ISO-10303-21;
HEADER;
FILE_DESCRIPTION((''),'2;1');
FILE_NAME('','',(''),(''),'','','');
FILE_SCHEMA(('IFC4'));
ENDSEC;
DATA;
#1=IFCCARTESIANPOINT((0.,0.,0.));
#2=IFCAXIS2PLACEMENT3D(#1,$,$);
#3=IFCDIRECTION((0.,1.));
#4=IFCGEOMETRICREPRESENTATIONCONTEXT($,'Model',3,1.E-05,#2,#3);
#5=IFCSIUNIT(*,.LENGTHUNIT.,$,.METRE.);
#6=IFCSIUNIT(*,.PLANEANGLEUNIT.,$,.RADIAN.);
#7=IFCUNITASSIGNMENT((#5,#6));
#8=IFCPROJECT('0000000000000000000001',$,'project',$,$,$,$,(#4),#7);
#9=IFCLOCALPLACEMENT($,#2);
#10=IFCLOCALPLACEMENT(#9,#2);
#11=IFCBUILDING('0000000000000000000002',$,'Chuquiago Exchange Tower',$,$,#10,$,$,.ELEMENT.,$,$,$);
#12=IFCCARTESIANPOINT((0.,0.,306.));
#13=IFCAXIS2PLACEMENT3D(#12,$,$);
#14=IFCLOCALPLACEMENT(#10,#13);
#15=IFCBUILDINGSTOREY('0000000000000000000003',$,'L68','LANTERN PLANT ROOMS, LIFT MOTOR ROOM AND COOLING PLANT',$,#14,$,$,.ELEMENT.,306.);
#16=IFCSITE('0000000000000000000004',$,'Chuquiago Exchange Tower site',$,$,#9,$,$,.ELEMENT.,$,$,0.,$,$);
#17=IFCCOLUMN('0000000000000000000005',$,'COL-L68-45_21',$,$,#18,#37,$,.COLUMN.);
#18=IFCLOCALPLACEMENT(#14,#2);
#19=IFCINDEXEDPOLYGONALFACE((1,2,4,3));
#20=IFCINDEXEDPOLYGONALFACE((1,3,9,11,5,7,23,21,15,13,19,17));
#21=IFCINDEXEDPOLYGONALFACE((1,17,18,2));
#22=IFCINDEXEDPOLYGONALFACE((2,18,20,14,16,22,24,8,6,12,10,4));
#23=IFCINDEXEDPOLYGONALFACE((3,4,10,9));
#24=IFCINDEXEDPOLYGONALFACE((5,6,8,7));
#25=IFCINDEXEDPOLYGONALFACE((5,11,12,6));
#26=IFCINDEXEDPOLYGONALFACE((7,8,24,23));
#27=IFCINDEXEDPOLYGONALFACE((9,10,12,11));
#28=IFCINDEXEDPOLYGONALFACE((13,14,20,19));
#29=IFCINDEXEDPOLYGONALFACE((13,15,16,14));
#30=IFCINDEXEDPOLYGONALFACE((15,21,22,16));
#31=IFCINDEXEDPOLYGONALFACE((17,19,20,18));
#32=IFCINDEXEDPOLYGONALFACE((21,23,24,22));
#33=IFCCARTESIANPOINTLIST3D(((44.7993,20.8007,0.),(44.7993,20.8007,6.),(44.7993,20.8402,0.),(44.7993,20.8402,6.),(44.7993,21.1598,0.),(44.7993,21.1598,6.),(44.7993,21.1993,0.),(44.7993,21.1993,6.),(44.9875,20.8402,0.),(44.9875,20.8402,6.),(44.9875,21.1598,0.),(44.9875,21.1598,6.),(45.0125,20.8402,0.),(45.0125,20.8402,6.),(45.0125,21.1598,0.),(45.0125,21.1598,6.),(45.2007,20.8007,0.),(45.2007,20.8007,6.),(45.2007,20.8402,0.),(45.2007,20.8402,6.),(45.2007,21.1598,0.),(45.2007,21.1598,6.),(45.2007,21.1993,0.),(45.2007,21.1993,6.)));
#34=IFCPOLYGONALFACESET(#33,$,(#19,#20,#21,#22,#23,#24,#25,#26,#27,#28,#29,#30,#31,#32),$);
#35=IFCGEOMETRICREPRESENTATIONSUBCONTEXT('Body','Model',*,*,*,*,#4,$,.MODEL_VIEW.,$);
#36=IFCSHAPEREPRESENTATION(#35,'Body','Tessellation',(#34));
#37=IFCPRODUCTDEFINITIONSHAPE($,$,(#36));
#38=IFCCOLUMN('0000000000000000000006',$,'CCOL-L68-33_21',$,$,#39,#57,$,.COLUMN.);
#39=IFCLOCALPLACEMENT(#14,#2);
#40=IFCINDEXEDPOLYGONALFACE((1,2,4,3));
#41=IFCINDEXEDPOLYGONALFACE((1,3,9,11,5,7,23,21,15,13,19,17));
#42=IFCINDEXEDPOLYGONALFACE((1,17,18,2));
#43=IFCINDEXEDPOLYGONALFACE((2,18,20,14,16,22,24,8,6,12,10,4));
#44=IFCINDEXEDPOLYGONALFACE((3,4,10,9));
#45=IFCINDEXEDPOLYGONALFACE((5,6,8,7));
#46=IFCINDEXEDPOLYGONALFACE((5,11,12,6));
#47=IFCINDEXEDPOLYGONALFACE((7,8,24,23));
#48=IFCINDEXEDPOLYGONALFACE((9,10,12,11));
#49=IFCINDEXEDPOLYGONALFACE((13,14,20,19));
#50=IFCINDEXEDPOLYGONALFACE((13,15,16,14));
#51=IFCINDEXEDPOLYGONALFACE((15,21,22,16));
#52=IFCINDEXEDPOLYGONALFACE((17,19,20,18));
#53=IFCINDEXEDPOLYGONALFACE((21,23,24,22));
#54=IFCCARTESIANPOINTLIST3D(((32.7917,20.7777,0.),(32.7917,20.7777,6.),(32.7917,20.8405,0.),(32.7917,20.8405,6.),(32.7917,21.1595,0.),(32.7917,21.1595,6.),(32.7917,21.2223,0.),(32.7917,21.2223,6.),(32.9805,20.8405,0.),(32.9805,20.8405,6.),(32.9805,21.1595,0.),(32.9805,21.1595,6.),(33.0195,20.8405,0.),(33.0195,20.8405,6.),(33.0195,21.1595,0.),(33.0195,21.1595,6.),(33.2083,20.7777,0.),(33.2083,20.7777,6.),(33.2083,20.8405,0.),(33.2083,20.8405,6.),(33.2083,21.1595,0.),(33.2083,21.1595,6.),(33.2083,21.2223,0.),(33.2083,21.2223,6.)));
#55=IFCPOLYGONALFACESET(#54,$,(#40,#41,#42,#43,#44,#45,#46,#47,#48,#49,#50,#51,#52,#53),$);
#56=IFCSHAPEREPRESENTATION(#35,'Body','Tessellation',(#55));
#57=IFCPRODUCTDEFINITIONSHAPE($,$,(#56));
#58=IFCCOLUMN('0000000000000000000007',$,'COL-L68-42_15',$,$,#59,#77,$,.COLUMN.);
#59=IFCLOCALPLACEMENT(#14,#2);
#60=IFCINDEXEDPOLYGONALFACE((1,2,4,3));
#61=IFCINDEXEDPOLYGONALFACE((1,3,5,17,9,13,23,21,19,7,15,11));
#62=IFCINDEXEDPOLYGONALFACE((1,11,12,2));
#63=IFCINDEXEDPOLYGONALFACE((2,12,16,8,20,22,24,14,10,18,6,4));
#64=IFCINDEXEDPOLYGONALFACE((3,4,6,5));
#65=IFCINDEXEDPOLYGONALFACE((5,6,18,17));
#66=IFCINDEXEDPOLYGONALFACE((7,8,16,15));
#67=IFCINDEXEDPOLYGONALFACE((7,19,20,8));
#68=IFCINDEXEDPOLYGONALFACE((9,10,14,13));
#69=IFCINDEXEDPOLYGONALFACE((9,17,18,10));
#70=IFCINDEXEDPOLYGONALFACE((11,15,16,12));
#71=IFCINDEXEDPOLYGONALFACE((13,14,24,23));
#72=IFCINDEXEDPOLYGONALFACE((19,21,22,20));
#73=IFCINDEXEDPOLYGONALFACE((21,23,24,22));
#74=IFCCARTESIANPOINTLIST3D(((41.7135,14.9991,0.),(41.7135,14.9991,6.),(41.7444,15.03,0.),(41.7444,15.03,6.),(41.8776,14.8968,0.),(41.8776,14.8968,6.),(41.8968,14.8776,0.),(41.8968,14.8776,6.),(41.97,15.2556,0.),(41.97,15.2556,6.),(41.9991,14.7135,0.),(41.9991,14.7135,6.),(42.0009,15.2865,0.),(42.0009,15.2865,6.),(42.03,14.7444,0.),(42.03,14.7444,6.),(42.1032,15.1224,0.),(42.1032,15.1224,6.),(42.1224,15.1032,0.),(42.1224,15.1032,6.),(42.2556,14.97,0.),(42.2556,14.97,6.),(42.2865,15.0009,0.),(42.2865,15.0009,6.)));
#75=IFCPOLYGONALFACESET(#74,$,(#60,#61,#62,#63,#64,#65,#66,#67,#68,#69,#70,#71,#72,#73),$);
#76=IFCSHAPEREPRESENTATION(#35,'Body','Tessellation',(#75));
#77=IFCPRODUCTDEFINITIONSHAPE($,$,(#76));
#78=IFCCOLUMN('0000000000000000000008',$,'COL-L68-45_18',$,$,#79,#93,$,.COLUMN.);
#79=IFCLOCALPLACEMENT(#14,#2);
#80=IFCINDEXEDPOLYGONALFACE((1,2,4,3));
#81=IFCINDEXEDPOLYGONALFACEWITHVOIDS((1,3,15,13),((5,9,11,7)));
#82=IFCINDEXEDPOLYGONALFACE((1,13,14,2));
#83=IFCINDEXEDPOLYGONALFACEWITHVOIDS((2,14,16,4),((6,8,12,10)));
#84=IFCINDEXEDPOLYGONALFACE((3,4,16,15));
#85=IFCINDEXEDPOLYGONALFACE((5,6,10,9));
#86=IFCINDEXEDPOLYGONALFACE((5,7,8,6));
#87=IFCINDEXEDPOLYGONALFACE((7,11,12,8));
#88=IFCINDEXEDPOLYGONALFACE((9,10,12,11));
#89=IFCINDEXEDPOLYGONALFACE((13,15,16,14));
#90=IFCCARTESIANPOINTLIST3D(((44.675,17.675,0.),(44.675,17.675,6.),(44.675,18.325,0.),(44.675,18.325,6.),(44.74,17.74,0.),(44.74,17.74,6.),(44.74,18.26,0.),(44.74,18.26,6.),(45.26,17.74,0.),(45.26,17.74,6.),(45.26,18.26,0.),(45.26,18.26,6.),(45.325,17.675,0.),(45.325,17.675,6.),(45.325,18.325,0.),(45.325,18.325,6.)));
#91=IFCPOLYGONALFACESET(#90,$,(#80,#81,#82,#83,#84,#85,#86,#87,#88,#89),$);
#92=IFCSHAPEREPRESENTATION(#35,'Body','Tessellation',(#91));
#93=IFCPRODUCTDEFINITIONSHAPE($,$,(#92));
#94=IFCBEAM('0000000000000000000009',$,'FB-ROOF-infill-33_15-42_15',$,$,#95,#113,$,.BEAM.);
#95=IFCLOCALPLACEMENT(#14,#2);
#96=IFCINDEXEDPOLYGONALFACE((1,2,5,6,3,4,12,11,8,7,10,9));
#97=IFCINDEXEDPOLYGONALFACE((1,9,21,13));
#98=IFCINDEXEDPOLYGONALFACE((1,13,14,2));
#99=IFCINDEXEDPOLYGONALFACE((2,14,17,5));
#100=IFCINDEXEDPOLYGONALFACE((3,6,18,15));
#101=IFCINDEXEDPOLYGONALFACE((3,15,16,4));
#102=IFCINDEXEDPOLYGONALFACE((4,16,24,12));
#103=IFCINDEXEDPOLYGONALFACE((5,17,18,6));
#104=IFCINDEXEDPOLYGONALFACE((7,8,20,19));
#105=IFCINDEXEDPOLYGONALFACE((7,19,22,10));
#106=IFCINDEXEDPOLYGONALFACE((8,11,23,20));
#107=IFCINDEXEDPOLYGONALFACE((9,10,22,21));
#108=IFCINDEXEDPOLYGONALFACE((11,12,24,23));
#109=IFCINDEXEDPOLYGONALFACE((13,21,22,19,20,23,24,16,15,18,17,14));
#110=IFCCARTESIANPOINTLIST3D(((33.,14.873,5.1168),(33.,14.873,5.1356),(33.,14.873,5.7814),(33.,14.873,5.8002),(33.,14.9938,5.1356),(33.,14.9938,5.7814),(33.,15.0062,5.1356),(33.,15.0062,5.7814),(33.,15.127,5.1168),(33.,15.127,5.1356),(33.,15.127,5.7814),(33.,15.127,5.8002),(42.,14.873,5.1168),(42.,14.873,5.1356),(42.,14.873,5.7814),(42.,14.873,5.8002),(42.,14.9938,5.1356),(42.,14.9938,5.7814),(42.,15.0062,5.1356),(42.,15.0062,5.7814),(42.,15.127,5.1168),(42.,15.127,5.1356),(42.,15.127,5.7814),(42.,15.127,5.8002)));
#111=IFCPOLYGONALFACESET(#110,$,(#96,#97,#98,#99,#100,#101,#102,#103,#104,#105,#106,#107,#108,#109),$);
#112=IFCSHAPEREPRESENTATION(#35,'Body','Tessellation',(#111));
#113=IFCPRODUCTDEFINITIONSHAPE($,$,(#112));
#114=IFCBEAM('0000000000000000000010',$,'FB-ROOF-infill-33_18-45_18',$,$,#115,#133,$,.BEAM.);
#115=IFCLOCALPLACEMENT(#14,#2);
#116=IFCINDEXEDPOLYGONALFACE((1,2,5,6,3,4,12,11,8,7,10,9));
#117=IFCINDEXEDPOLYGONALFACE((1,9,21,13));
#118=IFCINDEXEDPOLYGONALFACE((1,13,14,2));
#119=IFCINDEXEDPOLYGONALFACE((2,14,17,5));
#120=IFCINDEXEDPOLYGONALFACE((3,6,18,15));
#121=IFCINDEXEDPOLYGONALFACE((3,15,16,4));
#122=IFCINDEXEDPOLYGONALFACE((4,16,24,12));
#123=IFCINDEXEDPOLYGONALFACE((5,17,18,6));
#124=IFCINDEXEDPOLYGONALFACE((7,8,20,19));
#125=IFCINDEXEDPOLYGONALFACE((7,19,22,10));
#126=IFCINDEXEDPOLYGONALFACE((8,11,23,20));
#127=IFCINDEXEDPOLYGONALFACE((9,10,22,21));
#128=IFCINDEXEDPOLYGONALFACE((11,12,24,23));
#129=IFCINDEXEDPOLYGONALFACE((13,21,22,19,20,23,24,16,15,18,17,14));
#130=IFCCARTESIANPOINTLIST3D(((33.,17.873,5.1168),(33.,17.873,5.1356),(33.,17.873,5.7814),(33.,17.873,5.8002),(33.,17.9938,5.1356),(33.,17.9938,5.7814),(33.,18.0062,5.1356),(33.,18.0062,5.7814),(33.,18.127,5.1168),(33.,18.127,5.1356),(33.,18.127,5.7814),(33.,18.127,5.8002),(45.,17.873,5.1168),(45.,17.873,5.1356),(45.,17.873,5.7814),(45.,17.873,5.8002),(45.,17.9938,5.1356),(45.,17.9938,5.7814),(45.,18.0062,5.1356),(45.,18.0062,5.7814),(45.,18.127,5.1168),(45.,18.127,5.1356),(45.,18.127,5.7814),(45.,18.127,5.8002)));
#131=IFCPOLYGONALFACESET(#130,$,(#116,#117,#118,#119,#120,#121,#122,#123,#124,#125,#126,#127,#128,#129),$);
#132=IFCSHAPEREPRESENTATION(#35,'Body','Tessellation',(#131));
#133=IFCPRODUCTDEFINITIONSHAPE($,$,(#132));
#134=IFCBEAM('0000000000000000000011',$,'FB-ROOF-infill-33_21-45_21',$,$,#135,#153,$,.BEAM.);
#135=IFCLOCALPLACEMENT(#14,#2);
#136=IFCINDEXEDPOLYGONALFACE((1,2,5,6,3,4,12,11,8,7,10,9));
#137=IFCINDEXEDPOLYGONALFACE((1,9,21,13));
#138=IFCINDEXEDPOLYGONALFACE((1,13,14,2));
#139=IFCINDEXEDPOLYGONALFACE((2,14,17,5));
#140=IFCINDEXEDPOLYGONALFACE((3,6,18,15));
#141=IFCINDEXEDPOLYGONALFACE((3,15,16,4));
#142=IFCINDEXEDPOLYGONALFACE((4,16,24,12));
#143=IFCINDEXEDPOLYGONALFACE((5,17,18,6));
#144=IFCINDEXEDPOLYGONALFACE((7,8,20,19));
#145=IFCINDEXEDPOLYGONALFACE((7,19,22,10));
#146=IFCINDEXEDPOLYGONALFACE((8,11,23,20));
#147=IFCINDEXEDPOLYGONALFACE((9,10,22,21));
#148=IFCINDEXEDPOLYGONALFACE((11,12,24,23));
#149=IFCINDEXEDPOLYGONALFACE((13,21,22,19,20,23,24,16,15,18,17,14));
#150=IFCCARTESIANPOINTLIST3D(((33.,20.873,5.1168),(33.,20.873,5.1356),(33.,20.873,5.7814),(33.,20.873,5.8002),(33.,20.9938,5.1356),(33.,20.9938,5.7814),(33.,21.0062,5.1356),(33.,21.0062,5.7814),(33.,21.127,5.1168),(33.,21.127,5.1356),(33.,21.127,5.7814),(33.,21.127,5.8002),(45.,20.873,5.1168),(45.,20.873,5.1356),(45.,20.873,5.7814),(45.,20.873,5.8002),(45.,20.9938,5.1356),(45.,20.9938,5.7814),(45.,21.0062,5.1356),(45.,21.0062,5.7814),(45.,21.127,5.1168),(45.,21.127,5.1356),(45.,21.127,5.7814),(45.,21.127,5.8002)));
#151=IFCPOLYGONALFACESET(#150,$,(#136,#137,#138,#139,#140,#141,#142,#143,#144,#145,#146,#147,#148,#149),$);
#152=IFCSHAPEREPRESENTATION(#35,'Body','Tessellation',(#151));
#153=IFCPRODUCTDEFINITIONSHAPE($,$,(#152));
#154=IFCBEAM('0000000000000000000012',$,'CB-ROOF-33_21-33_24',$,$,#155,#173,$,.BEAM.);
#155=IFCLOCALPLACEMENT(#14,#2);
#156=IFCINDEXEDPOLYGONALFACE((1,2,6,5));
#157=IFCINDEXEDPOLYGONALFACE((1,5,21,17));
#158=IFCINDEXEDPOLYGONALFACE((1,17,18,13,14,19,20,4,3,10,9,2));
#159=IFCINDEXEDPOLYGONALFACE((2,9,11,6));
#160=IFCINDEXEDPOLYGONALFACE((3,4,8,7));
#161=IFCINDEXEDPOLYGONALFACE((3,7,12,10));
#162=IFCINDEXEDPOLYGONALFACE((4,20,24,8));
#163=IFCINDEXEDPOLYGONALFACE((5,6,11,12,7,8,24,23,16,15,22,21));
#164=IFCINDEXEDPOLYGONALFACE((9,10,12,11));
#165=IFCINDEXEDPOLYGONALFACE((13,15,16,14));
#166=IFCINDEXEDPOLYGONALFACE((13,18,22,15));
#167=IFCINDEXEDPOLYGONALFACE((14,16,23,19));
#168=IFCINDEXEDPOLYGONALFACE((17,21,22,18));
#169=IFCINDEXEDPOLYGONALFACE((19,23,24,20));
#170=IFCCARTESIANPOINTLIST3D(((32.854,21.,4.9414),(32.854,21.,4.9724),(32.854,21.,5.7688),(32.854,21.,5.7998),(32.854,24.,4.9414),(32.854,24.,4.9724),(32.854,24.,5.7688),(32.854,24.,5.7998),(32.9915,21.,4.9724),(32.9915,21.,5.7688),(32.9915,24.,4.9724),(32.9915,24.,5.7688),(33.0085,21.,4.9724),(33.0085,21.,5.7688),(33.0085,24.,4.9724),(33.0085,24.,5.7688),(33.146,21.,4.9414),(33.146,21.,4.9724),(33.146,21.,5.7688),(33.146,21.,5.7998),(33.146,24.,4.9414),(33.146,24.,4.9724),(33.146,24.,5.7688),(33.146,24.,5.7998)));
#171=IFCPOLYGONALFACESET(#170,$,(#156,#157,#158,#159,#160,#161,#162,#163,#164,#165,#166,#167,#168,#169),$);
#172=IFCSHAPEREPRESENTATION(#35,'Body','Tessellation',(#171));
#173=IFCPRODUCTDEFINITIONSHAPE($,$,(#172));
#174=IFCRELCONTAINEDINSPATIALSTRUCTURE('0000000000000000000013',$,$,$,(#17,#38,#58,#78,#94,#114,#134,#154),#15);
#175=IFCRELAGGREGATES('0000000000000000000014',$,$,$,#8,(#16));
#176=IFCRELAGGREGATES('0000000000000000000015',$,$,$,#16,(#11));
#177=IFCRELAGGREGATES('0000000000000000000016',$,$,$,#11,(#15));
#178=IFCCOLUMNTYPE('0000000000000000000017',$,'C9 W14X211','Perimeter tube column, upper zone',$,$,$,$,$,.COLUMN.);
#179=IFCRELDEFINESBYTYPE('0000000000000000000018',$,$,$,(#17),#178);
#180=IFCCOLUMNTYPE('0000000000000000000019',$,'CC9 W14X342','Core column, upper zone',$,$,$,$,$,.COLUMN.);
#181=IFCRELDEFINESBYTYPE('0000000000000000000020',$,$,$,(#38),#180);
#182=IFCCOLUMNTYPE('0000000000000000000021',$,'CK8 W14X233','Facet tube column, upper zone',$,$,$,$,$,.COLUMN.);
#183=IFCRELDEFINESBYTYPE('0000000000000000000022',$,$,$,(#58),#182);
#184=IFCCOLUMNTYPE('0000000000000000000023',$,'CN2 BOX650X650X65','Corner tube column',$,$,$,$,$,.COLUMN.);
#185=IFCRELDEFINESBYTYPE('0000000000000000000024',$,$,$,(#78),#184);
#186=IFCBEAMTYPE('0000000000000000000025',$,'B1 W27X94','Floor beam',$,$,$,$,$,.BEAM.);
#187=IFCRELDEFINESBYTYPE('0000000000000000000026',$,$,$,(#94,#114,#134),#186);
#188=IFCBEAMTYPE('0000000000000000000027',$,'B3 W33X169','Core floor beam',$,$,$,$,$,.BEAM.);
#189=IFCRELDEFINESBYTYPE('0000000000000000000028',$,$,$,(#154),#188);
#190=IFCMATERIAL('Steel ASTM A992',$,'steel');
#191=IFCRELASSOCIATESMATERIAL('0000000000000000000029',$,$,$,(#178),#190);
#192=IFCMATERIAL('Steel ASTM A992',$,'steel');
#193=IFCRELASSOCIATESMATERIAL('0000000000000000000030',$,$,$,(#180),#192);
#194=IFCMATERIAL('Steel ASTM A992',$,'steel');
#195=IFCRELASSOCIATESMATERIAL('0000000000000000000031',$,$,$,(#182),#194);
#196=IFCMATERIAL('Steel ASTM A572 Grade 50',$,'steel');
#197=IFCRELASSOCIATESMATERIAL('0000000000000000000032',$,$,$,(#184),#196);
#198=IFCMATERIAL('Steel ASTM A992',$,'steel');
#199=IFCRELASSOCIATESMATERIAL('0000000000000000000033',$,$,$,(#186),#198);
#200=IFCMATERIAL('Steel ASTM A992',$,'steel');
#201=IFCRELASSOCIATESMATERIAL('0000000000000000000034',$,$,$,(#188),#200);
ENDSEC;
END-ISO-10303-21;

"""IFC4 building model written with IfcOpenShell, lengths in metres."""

from ifc_helpers import new_model, si_unit, direction, frame, origin, origin_2d, place, context, subcontext, project, spatial, hollow_rectangle, i_section, extrude, material, material_profile, profile_set, type_object, element, save


model = new_model("IFC4")

# Units and contexts
model_context = context("Model", 3, precision=1e-05, world=origin(), true_north=direction((0.0, 1.0)))
body_context = subcontext(model_context, "Body", "Model", "MODEL_VIEW")
ifc_project = project(units=[si_unit("LENGTHUNIT", "METRE"), si_unit("PLANEANGLEUNIT", "RADIAN")], contexts=[model_context])

# Site, building, storey
site_placement = place(None, origin())
site = spatial("IfcSite", under=ifc_project, at=site_placement, Name="Chuquiago Exchange Tower site", CompositionType="ELEMENT", RefElevation=0.0)
building_placement = place(site_placement, origin())
building = spatial("IfcBuilding", under=site, at=building_placement, Name="Chuquiago Exchange Tower", CompositionType="ELEMENT")
storey_placement = place(building_placement, frame((0.0, 0.0, 306.0)))
storey = spatial("IfcBuildingStorey", under=building, at=storey_placement, Name="L68", Description="LANTERN PLANT ROOMS, LIFT MOTOR ROOM AND COOLING PLANT", CompositionType="ELEMENT", Elevation=306.0)

# Columns
ifc_material_1 = material(Name="Steel ASTM A992", Category="steel")
ifc_material_profile_1 = material_profile(ifc_material_1, i_section(OverallWidth=0.4014, OverallDepth=0.3987, WebThickness=0.0249, FlangeThickness=0.0396, at=origin_2d()), Name="W14X211")
ifc_profile_set_1 = profile_set([ifc_material_profile_1], Name="Steel ASTM A992")
column_type_1 = type_object("IfcColumnType", Name="C9 W14X211", Description="Perimeter tube column, upper zone", PredefinedType="COLUMN", material=ifc_profile_set_1)
column_1_placement = place(storey_placement, frame((45.0, 21.0, 0.0), z_axis=(0.0, 0.0, 1.0), x_axis=(1.0, 0.0, 0.0)))
element("IfcColumn", 1, at=column_1_placement, inside=storey, type_object=column_type_1, Name="COL-L68-45_21", PredefinedType="COLUMN", context=body_context, shape_type="SweptSolid", body=[
    extrude(i_section(OverallWidth=0.4014, OverallDepth=0.3987, WebThickness=0.0249, FlangeThickness=0.0396, at=origin_2d()), origin(), (0.0, 0.0, 1.0), 6.0),
])
ifc_material_2 = material(Name="Steel ASTM A992", Category="steel")
ifc_material_profile_2 = material_profile(ifc_material_2, i_section(OverallWidth=0.4165, OverallDepth=0.4446, WebThickness=0.0391, FlangeThickness=0.0627, at=origin_2d()), Name="W14X342")
ifc_profile_set_2 = profile_set([ifc_material_profile_2], Name="Steel ASTM A992")
column_type_2 = type_object("IfcColumnType", Name="CC9 W14X342", Description="Core column, upper zone", PredefinedType="COLUMN", material=ifc_profile_set_2)
column_2_placement = place(storey_placement, frame((33.0, 21.0, 0.0), z_axis=(0.0, 0.0, 1.0), x_axis=(1.0, 0.0, 0.0)))
element("IfcColumn", 2, at=column_2_placement, inside=storey, type_object=column_type_2, Name="CCOL-L68-33_21", PredefinedType="COLUMN", context=body_context, shape_type="SweptSolid", body=[
    extrude(i_section(OverallWidth=0.4165, OverallDepth=0.4446, WebThickness=0.0391, FlangeThickness=0.0627, at=origin_2d()), origin(), (0.0, 0.0, 1.0), 6.0),
])
ifc_material_3 = material(Name="Steel ASTM A992", Category="steel")
ifc_material_profile_3 = material_profile(ifc_material_3, i_section(OverallWidth=0.4038, OverallDepth=0.4065, WebThickness=0.0271, FlangeThickness=0.0437, at=origin_2d()), Name="W14X233")
ifc_profile_set_3 = profile_set([ifc_material_profile_3], Name="Steel ASTM A992")
column_type_3 = type_object("IfcColumnType", Name="CK8 W14X233", Description="Facet tube column, upper zone", PredefinedType="COLUMN", material=ifc_profile_set_3)
column_3_placement = place(storey_placement, frame((42.0, 15.0, 0.0), z_axis=(0.0, 0.0, 1.0), x_axis=(0.707107, -0.707107, 0.0)))
element("IfcColumn", 3, at=column_3_placement, inside=storey, type_object=column_type_3, Name="COL-L68-42_15", PredefinedType="COLUMN", context=body_context, shape_type="SweptSolid", body=[
    extrude(i_section(OverallWidth=0.4038, OverallDepth=0.4065, WebThickness=0.0271, FlangeThickness=0.0437, at=origin_2d()), origin(), (0.0, 0.0, 1.0), 6.0),
])
ifc_material_4 = material(Name="Steel ASTM A572 Grade 50", Category="steel")
ifc_material_profile_4 = material_profile(ifc_material_4, hollow_rectangle(XDim=0.6499, YDim=0.6499, WallThickness=0.0649, at=origin_2d()), Name="BOX650X650X65")
ifc_profile_set_4 = profile_set([ifc_material_profile_4], Name="Steel ASTM A572 Grade 50")
column_type_4 = type_object("IfcColumnType", Name="CN2 BOX650X650X65", Description="Corner tube column", PredefinedType="COLUMN", material=ifc_profile_set_4)
column_4_placement = place(storey_placement, frame((45.0, 18.0, 0.0), z_axis=(0.0, 0.0, 1.0), x_axis=(1.0, 0.0, 0.0)))
element("IfcColumn", 4, at=column_4_placement, inside=storey, type_object=column_type_4, Name="COL-L68-45_18", PredefinedType="COLUMN", context=body_context, shape_type="SweptSolid", body=[
    extrude(hollow_rectangle(XDim=0.6499, YDim=0.6499, WallThickness=0.0649, at=origin_2d()), origin(), (0.0, 0.0, 1.0), 6.0),
])

# Beams
ifc_material_5 = material(Name="Steel ASTM A992", Category="steel")
ifc_material_profile_5 = material_profile(ifc_material_5, i_section(OverallWidth=0.2539, OverallDepth=0.6833, WebThickness=0.0125, FlangeThickness=0.0188, at=origin_2d()), Name="W27X94")
ifc_profile_set_5 = profile_set([ifc_material_profile_5], Name="Steel ASTM A992")
beam_type_1 = type_object("IfcBeamType", Name="B1 W27X94", Description="Floor beam", PredefinedType="BEAM", material=ifc_profile_set_5)
beam_1_placement = place(storey_placement, frame((33.0, 15.0, 5.4585), z_axis=(1.0, 0.0, 0.0), x_axis=(0.0, 1.0, 0.0)))
element("IfcBeam", 5, at=beam_1_placement, inside=storey, type_object=beam_type_1, Name="FB-ROOF-infill-33_15-42_15", PredefinedType="BEAM", context=body_context, shape_type="SweptSolid", body=[
    extrude(i_section(OverallWidth=0.2539, OverallDepth=0.6833, WebThickness=0.0125, FlangeThickness=0.0188, at=origin_2d()), origin(), (0.0, 0.0, 1.0), 9.0),
])
for number, where, z_axis, x_axis, name in (
    (6, (33.0, 18.0, 5.4585), (1.0, 0.0, 0.0), (0.0, 1.0, 0.0), "FB-ROOF-infill-33_18-45_18"),
    (7, (33.0, 21.0, 5.4585), (1.0, 0.0, 0.0), (0.0, 1.0, 0.0), "FB-ROOF-infill-33_21-45_21"),
):
    element("IfcBeam", number, at=place(storey_placement, frame(where, z_axis=z_axis, x_axis=x_axis)), inside=storey, type_object=beam_type_1, Name=name, PredefinedType="BEAM", context=body_context, shape_type="SweptSolid", body=[
        extrude(i_section(OverallWidth=0.2539, OverallDepth=0.6833, WebThickness=0.0125, FlangeThickness=0.0188, at=origin_2d()), origin(), (0.0, 0.0, 1.0), 12.0),
    ])
ifc_material_6 = material(Name="Steel ASTM A992", Category="steel")
ifc_material_profile_6 = material_profile(ifc_material_6, i_section(OverallWidth=0.292, OverallDepth=0.8584, WebThickness=0.0171, FlangeThickness=0.031, at=origin_2d()), Name="W33X169")
ifc_profile_set_6 = profile_set([ifc_material_profile_6], Name="Steel ASTM A992")
beam_type_2 = type_object("IfcBeamType", Name="B3 W33X169", Description="Core floor beam", PredefinedType="BEAM", material=ifc_profile_set_6)
beam_2_placement = place(storey_placement, frame((33.0, 21.0, 5.3706), z_axis=(0.0, 1.0, 0.0), x_axis=(-1.0, 0.0, 0.0)))
element("IfcBeam", 8, at=beam_2_placement, inside=storey, type_object=beam_type_2, Name="CB-ROOF-33_21-33_24", PredefinedType="BEAM", context=body_context, shape_type="SweptSolid", body=[
    extrude(i_section(OverallWidth=0.292, OverallDepth=0.8584, WebThickness=0.0171, FlangeThickness=0.031, at=origin_2d()), origin(), (0.0, 0.0, 1.0), 3.0),
])

save(model, "model.ifc")
